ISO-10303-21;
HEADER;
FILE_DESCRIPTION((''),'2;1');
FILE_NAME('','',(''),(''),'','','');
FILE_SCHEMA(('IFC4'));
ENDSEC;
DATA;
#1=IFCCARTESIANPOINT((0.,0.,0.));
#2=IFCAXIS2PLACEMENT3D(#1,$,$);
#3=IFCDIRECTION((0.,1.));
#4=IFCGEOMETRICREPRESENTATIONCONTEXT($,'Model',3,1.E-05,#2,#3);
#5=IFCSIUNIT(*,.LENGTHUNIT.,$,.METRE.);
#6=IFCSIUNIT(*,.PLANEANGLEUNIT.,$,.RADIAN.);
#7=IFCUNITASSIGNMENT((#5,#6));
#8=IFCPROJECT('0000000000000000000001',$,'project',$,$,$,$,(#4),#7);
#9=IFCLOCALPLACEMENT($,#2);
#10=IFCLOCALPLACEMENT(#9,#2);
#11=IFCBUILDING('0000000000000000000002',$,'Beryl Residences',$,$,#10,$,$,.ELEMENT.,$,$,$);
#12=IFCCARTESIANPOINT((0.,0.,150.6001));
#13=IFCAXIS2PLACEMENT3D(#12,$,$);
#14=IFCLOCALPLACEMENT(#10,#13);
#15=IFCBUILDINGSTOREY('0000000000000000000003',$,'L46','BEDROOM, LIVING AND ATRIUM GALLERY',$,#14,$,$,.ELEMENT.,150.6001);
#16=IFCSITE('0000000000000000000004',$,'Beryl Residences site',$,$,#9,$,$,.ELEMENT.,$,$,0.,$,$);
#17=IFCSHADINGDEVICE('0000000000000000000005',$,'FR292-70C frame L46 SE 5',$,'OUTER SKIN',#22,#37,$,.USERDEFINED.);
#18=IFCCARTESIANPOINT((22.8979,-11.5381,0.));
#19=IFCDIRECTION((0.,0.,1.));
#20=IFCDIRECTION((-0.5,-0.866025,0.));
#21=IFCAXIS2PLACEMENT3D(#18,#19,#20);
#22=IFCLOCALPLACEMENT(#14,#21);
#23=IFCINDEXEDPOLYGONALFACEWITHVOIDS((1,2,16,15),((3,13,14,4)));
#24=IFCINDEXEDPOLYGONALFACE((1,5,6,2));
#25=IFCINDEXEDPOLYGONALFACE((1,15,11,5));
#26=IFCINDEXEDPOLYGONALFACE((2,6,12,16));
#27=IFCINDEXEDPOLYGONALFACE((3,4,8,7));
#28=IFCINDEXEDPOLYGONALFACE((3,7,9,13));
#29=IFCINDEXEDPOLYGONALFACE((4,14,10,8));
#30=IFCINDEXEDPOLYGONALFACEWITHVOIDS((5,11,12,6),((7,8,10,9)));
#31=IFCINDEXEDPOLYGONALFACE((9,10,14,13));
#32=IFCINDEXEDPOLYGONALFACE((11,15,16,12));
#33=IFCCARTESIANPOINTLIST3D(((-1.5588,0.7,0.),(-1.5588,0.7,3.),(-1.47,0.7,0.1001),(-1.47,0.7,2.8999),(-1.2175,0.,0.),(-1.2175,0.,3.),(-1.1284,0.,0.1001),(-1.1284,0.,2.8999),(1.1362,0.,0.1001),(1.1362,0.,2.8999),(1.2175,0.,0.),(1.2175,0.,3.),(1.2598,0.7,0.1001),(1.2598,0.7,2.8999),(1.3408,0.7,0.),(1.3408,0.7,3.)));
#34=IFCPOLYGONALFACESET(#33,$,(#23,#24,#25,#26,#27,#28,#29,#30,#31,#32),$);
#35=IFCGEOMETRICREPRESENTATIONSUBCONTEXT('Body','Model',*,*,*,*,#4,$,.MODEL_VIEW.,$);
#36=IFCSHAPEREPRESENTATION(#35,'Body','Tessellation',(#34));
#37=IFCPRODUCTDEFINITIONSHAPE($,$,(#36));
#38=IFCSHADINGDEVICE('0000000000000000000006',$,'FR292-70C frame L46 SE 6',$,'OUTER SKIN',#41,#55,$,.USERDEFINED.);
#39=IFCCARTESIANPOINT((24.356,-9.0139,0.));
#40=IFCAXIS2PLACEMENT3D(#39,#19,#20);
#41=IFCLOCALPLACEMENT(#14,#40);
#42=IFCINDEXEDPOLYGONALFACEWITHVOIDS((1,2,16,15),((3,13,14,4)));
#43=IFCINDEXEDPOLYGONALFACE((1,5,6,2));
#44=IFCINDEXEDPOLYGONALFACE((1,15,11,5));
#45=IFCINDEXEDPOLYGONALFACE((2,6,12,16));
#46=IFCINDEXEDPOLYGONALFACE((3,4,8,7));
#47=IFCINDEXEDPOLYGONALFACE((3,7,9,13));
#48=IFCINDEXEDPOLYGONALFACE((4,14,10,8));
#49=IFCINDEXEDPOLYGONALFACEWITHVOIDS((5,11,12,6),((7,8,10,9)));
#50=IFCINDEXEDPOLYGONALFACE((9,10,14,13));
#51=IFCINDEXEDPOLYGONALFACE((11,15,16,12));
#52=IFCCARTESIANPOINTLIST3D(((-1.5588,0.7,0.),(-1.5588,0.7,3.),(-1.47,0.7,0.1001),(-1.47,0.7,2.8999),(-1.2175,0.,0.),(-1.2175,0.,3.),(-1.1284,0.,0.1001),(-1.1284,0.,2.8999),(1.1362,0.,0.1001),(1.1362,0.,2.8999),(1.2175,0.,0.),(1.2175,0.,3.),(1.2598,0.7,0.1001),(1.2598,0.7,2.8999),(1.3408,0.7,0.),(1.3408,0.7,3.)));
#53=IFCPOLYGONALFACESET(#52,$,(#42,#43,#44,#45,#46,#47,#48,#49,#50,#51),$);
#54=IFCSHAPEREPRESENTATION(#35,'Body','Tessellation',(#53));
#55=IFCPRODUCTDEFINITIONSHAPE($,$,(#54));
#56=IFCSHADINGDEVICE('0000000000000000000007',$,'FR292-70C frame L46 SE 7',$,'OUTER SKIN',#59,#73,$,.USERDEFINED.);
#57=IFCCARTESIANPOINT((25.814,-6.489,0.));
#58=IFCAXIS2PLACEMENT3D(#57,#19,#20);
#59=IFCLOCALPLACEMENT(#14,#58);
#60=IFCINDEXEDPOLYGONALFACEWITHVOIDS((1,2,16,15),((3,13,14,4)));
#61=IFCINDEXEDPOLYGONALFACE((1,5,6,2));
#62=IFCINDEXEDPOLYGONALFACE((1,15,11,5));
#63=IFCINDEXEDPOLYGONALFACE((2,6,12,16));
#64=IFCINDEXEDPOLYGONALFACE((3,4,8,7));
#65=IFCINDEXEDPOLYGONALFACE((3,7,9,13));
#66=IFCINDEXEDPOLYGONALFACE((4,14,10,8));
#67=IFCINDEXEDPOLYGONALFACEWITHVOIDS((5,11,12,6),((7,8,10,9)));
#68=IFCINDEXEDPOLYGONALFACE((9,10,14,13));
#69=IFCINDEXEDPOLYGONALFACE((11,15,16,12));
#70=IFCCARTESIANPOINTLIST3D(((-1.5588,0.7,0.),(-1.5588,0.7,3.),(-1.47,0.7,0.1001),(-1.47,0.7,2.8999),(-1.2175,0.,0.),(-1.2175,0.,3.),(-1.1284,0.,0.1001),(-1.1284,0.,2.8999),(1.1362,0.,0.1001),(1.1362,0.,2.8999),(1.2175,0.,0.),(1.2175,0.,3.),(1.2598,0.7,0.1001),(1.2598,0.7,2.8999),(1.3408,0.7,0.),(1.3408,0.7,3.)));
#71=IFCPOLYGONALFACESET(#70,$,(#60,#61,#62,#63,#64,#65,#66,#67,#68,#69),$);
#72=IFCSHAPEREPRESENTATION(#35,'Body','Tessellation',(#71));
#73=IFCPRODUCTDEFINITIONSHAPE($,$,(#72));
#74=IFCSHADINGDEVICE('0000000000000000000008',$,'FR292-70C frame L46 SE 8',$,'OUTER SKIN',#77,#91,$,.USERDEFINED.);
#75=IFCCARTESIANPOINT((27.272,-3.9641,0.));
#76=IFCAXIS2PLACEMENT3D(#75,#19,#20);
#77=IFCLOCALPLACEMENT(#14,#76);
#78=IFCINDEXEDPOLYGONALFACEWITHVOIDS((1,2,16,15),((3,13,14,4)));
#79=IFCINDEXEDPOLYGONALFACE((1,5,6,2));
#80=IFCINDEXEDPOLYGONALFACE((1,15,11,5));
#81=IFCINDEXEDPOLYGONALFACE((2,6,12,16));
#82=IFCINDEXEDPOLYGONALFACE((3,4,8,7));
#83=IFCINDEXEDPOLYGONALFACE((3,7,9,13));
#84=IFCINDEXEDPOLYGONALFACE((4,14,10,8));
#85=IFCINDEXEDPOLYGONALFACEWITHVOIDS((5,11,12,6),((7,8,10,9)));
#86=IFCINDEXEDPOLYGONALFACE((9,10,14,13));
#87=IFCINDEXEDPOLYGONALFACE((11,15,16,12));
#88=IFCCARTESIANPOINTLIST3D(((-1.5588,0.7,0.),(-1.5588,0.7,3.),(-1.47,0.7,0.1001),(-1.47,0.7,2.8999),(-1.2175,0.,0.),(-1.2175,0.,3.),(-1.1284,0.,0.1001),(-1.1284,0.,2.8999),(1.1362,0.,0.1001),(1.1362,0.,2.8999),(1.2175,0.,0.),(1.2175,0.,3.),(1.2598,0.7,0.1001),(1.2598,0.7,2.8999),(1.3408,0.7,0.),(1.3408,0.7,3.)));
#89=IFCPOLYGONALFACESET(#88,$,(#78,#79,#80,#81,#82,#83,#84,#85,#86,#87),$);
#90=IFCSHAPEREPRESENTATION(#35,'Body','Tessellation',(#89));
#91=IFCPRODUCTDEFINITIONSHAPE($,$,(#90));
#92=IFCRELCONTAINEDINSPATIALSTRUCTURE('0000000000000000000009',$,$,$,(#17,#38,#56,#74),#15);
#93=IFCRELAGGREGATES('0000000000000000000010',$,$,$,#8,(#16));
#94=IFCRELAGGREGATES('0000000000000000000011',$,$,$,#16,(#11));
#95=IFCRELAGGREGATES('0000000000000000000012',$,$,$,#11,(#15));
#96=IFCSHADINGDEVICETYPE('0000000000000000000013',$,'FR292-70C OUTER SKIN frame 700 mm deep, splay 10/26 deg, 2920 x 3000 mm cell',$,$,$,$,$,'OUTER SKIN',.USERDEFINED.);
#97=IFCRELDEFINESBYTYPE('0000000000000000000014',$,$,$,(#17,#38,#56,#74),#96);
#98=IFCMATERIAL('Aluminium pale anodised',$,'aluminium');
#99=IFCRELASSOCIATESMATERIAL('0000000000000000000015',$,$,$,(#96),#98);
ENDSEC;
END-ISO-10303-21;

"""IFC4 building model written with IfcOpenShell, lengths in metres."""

from ifc_helpers import new_model, entity, si_unit, direction, frame, origin, place, context, subcontext, project, spatial, source, transform, mapped, material, type_object, type_shapes, element, save


model = new_model("IFC4")

# Units and contexts
model_context = context("Model", 3, precision=1e-05, world=origin(), true_north=direction((0.0, 1.0)))
body_context = subcontext(model_context, "Body", "Model", "MODEL_VIEW")
ifc_project = project(units=[si_unit("LENGTHUNIT", "METRE"), si_unit("PLANEANGLEUNIT", "RADIAN")], contexts=[model_context])

# Site, building, storey
site_placement = place(None, origin())
site = spatial("IfcSite", under=ifc_project, at=site_placement, Name="Beryl Residences site", CompositionType="ELEMENT", RefElevation=0.0)
building_placement = place(site_placement, origin())
building = spatial("IfcBuilding", under=site, at=building_placement, Name="Beryl Residences", CompositionType="ELEMENT")
storey_placement = place(building_placement, frame((0.0, 0.0, 150.6001)))
storey = spatial("IfcBuildingStorey", under=building, at=storey_placement, Name="L46", Description="BEDROOM, LIVING AND ATRIUM GALLERY", CompositionType="ELEMENT", Elevation=150.6001)

# Shading devices
ifc_material_1 = material(Name="Aluminium pale anodised", Category="aluminium")
shading_device_type = type_object("IfcShadingDeviceType", Name="FR292-70C OUTER SKIN frame 700 mm deep, splay 10/26 deg, 2920 x 3000 mm cell", ElementType="OUTER SKIN", PredefinedType="USERDEFINED", material=ifc_material_1)
cartesian_point_1 = entity("IfcCartesianPoint", [-1.2175, 0.0])
cartesian_point_2 = entity("IfcCartesianPoint", [-1.1362, 0.1001])
cartesian_point_3 = entity("IfcCartesianPoint", [-1.3408, 0.0])
cartesian_point_4 = entity("IfcCartesianPoint", [-1.2598, 0.1001])
shared_shape_1 = source(origin(), body_context, "Body", "SweptSolid", [
    entity("IfcExtrudedAreaSolidTapered", entity("IfcArbitraryProfileDefWithVoids", "AREA", None, entity("IfcPolyline", [cartesian_point_1, entity("IfcCartesianPoint", [1.2175, 0.0]), entity("IfcCartesianPoint", [1.2175, 3.0]), entity("IfcCartesianPoint", [-1.2175, 3.0]), cartesian_point_1]), [entity("IfcPolyline", [cartesian_point_2, entity("IfcCartesianPoint", [1.1284, 0.1001]), entity("IfcCartesianPoint", [1.1284, 2.8999]), entity("IfcCartesianPoint", [-1.1362, 2.8999]), cartesian_point_2])]), entity("IfcAxis2Placement3D", entity("IfcCartesianPoint", [0.0, 0.0, 0.0]), entity("IfcDirection", [0.0, 1.0, 0.0]), entity("IfcDirection", [-1.0, 0.0, 0.0])), entity("IfcDirection", [0.0, 0.0, 1.0]), 0.7, entity("IfcArbitraryProfileDefWithVoids", "AREA", None, entity("IfcPolyline", [cartesian_point_3, entity("IfcCartesianPoint", [1.5588, 0.0]), entity("IfcCartesianPoint", [1.5588, 3.0]), entity("IfcCartesianPoint", [-1.3408, 3.0]), cartesian_point_3]), [entity("IfcPolyline", [cartesian_point_4, entity("IfcCartesianPoint", [1.47, 0.1001]), entity("IfcCartesianPoint", [1.47, 2.8999]), entity("IfcCartesianPoint", [-1.2598, 2.8999]), cartesian_point_4])])),
])
type_shapes(shading_device_type, [shared_shape_1])
for number, where, z_axis, x_axis, name in (
    (1, (22.8979, -11.5381, 0.0), (0.0, 0.0, 1.0), (-0.5, -0.866025, 0.0), "FR292-70C frame L46 SE 5"),
    (2, (24.356, -9.0139, 0.0), (0.0, 0.0, 1.0), (-0.5, -0.866025, 0.0), "FR292-70C frame L46 SE 6"),
    (3, (25.814, -6.489, 0.0), (0.0, 0.0, 1.0), (-0.5, -0.866025, 0.0), "FR292-70C frame L46 SE 7"),
    (4, (27.272, -3.9641, 0.0), (0.0, 0.0, 1.0), (-0.5, -0.866025, 0.0), "FR292-70C frame L46 SE 8"),
):
    element("IfcShadingDevice", number, at=place(storey_placement, frame(where, z_axis=z_axis, x_axis=x_axis)), inside=storey, type_object=shading_device_type, Name=name, ObjectType="OUTER SKIN", PredefinedType="USERDEFINED", context=body_context, shape_type="MappedRepresentation", body=[
        mapped(shared_shape_1, transform((0.0, 0.0, 0.0))),
    ])

save(model, "model.ifc")
